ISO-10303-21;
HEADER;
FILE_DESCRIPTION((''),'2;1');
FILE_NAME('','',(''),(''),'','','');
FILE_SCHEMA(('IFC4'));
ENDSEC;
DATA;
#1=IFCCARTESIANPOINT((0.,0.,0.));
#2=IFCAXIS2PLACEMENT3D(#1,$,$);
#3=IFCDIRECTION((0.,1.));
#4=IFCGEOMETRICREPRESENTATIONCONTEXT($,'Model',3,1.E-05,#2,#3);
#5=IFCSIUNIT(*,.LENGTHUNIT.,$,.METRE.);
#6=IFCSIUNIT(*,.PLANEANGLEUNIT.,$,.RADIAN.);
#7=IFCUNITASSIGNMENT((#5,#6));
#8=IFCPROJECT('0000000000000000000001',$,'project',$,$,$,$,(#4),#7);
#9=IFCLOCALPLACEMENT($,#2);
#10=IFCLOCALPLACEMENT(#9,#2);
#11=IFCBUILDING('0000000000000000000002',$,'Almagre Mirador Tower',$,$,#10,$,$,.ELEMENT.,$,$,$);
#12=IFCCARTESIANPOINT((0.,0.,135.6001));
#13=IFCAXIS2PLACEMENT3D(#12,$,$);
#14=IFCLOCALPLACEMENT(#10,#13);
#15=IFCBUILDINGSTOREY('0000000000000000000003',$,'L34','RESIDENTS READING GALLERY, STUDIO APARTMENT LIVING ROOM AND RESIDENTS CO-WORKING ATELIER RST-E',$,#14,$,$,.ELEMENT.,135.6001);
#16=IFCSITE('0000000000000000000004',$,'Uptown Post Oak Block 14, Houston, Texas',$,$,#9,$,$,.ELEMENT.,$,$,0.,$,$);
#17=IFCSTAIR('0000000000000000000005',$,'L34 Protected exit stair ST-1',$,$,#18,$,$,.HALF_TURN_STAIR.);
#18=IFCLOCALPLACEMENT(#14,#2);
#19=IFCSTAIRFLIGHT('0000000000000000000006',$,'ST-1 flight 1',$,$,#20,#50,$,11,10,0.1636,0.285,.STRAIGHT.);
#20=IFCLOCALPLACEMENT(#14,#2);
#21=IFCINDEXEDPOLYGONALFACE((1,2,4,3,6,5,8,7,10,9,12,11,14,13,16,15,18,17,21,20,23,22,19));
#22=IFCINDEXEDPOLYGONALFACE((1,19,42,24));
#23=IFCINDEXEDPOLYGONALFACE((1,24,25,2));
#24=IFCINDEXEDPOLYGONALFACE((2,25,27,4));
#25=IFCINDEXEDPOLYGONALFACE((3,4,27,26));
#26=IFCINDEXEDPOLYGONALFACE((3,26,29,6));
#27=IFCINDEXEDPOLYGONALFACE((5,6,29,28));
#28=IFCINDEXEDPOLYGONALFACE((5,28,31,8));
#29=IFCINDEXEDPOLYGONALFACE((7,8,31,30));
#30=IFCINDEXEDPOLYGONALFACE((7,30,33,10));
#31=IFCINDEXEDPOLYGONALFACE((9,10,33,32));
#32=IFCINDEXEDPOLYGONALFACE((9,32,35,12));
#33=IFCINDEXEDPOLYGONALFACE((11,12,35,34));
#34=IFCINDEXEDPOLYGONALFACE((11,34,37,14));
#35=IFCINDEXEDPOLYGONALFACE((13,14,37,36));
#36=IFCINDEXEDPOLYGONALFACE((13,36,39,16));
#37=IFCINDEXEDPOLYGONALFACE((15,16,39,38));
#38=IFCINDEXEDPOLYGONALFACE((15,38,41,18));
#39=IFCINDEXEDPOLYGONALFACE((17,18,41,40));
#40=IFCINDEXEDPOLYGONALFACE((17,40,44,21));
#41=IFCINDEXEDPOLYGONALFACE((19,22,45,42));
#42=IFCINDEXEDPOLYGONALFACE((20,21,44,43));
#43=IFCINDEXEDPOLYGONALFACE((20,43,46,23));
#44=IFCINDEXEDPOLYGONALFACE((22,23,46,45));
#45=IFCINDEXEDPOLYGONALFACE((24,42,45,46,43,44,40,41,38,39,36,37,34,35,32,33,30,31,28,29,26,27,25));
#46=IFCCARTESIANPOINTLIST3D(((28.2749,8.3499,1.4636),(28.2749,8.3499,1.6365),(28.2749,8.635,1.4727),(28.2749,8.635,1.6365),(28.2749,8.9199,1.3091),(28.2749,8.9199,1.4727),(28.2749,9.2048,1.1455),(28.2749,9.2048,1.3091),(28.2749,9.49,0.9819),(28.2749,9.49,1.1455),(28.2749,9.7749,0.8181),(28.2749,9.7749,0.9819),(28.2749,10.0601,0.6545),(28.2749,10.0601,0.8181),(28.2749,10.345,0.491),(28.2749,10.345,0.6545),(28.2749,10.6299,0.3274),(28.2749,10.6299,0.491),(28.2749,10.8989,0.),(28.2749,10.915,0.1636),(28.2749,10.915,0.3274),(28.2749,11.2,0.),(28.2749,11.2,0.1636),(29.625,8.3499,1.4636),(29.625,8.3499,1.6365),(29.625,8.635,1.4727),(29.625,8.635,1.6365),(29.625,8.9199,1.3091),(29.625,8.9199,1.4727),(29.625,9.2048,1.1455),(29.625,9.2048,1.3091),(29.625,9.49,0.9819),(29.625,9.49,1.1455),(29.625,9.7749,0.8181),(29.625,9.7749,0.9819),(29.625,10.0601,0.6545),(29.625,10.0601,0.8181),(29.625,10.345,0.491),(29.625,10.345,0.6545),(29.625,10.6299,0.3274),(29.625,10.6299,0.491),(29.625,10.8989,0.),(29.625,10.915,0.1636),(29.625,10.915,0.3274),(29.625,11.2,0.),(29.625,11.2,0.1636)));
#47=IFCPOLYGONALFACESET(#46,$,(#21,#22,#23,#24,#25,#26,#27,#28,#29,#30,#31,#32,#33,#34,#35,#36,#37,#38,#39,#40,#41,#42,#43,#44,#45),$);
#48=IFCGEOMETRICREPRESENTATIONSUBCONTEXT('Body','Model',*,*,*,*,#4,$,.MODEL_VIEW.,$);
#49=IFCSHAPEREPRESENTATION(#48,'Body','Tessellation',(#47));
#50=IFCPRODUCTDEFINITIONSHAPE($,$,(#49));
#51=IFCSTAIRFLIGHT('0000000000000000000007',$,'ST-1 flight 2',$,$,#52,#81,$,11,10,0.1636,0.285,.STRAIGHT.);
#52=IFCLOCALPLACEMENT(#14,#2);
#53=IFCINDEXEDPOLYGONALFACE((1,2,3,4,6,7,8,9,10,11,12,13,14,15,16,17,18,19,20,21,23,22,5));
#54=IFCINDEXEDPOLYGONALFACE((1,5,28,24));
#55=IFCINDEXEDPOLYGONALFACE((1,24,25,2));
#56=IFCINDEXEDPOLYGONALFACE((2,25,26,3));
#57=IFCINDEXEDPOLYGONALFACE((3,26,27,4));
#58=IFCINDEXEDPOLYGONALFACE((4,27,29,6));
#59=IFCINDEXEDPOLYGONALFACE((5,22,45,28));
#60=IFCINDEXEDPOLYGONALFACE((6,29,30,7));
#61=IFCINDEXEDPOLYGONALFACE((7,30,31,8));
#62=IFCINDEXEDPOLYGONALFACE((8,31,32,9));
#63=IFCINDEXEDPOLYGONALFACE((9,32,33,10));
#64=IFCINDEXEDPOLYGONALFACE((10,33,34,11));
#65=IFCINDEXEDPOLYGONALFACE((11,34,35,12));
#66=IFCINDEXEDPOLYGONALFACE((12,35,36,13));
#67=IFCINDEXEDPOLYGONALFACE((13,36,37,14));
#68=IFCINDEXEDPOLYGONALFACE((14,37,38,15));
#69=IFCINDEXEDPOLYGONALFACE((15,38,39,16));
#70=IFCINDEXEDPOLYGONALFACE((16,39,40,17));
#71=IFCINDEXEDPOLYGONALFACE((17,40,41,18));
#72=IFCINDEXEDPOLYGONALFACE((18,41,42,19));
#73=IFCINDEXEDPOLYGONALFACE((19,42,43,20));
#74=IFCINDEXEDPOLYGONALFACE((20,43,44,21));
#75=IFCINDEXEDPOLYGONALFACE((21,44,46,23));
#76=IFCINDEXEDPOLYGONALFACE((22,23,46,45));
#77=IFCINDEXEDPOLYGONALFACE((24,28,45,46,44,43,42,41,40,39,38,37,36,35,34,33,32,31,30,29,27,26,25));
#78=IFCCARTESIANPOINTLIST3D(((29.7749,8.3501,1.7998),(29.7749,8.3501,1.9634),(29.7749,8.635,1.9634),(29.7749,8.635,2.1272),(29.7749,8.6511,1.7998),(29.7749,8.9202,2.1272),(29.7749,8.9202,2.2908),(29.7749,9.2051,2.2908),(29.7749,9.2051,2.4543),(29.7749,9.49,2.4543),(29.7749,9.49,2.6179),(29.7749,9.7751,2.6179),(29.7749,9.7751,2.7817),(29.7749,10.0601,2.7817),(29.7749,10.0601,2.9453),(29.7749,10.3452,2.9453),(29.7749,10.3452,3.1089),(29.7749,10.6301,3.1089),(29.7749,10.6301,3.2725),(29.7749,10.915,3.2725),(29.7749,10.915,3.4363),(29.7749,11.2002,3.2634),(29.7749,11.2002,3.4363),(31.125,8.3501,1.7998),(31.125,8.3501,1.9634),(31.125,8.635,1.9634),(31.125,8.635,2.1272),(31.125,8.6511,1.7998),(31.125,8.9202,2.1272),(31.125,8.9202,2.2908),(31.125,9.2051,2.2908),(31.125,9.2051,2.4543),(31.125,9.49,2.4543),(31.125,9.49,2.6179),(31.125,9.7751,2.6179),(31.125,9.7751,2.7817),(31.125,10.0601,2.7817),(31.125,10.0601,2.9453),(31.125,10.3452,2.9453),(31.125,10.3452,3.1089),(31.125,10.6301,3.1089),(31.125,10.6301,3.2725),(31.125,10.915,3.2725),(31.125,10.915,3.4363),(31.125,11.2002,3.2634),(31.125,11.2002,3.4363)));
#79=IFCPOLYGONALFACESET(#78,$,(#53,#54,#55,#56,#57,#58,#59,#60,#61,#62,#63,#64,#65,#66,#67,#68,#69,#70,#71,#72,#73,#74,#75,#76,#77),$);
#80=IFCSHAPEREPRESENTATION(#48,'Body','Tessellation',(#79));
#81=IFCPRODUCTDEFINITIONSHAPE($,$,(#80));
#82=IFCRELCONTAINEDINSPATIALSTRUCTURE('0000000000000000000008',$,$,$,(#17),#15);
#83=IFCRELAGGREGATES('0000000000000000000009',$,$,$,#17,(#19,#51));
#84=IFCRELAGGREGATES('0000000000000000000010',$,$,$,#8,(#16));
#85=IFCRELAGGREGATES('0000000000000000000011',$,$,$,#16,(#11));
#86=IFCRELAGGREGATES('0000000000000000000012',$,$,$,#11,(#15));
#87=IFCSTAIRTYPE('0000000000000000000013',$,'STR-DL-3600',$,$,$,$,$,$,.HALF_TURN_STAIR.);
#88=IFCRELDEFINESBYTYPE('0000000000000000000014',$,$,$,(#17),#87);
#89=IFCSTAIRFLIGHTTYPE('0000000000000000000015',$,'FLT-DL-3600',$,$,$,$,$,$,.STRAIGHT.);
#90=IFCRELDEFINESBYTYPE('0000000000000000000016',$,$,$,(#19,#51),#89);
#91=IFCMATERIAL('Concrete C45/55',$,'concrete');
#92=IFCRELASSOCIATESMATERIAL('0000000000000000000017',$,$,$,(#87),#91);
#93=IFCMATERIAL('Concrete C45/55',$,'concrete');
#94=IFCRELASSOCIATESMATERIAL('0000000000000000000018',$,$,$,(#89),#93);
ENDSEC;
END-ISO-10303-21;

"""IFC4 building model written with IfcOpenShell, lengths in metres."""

from ifc_helpers import new_model, si_unit, direction, frame, origin, place, context, subcontext, project, spatial, polyline, outline, extrude, material, type_object, element, aggregate, save


model = new_model("IFC4")

# Units and contexts
model_context = context("Model", 3, precision=1e-05, world=origin(), true_north=direction((0.0, 1.0)))
body_context = subcontext(model_context, "Body", "Model", "MODEL_VIEW")
ifc_project = project(units=[si_unit("LENGTHUNIT", "METRE"), si_unit("PLANEANGLEUNIT", "RADIAN")], contexts=[model_context])

# Site, building, storey
site_placement = place(None, origin())
site = spatial("IfcSite", under=ifc_project, at=site_placement, Name="Uptown Post Oak Block 14, Houston, Texas", CompositionType="ELEMENT", RefElevation=0.0)
building_placement = place(site_placement, origin())
building = spatial("IfcBuilding", under=site, at=building_placement, Name="Almagre Mirador Tower", CompositionType="ELEMENT")
storey_placement = place(building_placement, frame((0.0, 0.0, 135.6001)))
storey = spatial("IfcBuildingStorey", under=building, at=storey_placement, Name="L34", Description="RESIDENTS READING GALLERY, STUDIO APARTMENT LIVING ROOM AND RESIDENTS CO-WORKING ATELIER RST-E", CompositionType="ELEMENT", Elevation=135.6001)

# Stair, stair flights
ifc_material_1 = material(Name="Concrete C45/55", Category="concrete")
stair_type = type_object("IfcStairType", Name="STR-DL-3600", PredefinedType="HALF_TURN_STAIR", material=ifc_material_1)
stair_placement = place(storey_placement, origin())
stair = element("IfcStair", 1, at=stair_placement, inside=storey, type_object=stair_type, Name="L34 Protected exit stair ST-1", PredefinedType="HALF_TURN_STAIR")
ifc_material_2 = material(Name="Concrete C45/55", Category="concrete")
stair_flight_type = type_object("IfcStairFlightType", Name="FLT-DL-3600", PredefinedType="STRAIGHT", material=ifc_material_2)
stair_flight_1_placement = place(storey_placement, frame((28.95, 11.2, 0.0), z_axis=(0.0, 0.0, 1.0), x_axis=(0.0, -1.0, 0.0)))
stair_flight_1 = element("IfcStairFlight", 2, at=stair_flight_1_placement, type_object=stair_flight_type, Name="ST-1 flight 1", NumberOfRisers=11, NumberOfTreads=10, PredefinedType="STRAIGHT", RiserHeight=0.1636, TreadLength=0.285, context=body_context, shape_type="SweptSolid", body=[
    extrude(outline(polyline([(0.0, 0.0), (0.0, 0.1636), (0.2849, 0.1636), (0.2849, 0.3274), (0.5701, 0.3274), (0.5701, 0.491), (0.855, 0.491), (0.855, 0.6545), (1.1399, 0.6545), (1.1399, 0.8181), (1.425, 0.8181), (1.425, 0.9819), (1.71, 0.9819), (1.71, 1.1455), (1.9951, 1.1455), (1.9951, 1.3091), (2.28, 1.3091), (2.28, 1.4727), (2.5649, 1.4727), (2.5649, 1.6365), (2.8501, 1.6365), (2.8501, 1.8), (2.8501, 1.4636), (0.301, 0.0), (0.0, 0.0)])), frame((0.0, 0.675, 0.0), z_axis=(0.0, -1.0, 0.0), x_axis=(1.0, 0.0, 0.0)), (0.0, 0.0, 1.0), 1.3501),
])
stair_flight_2_placement = place(storey_placement, frame((30.45, 8.3501, 1.7998), z_axis=(0.0, 0.0, 1.0), x_axis=(0.0, 1.0, 0.0)))
stair_flight_2 = element("IfcStairFlight", 3, at=stair_flight_2_placement, type_object=stair_flight_type, Name="ST-1 flight 2", NumberOfRisers=11, NumberOfTreads=10, PredefinedType="STRAIGHT", RiserHeight=0.1636, TreadLength=0.285, context=body_context, shape_type="SweptSolid", body=[
    extrude(outline(polyline([(0.0, 0.0), (0.0, 0.1636), (0.2849, 0.1636), (0.2849, 0.3274), (0.5701, 0.3274), (0.5701, 0.491), (0.855, 0.491), (0.855, 0.6545), (1.1399, 0.6545), (1.1399, 0.8181), (1.425, 0.8181), (1.425, 0.9819), (1.71, 0.9819), (1.71, 1.1455), (1.9951, 1.1455), (1.9951, 1.3091), (2.28, 1.3091), (2.28, 1.4727), (2.5649, 1.4727), (2.5649, 1.6365), (2.8501, 1.6365), (2.8501, 1.8), (2.8501, 1.4636), (0.301, 0.0), (0.0, 0.0)])), frame((0.0, 0.675, 0.0), z_axis=(0.0, -1.0, 0.0), x_axis=(1.0, 0.0, 0.0)), (0.0, 0.0, 1.0), 1.3501),
])
aggregate(stair, [stair_flight_1, stair_flight_2])

save(model, "model.ifc")
